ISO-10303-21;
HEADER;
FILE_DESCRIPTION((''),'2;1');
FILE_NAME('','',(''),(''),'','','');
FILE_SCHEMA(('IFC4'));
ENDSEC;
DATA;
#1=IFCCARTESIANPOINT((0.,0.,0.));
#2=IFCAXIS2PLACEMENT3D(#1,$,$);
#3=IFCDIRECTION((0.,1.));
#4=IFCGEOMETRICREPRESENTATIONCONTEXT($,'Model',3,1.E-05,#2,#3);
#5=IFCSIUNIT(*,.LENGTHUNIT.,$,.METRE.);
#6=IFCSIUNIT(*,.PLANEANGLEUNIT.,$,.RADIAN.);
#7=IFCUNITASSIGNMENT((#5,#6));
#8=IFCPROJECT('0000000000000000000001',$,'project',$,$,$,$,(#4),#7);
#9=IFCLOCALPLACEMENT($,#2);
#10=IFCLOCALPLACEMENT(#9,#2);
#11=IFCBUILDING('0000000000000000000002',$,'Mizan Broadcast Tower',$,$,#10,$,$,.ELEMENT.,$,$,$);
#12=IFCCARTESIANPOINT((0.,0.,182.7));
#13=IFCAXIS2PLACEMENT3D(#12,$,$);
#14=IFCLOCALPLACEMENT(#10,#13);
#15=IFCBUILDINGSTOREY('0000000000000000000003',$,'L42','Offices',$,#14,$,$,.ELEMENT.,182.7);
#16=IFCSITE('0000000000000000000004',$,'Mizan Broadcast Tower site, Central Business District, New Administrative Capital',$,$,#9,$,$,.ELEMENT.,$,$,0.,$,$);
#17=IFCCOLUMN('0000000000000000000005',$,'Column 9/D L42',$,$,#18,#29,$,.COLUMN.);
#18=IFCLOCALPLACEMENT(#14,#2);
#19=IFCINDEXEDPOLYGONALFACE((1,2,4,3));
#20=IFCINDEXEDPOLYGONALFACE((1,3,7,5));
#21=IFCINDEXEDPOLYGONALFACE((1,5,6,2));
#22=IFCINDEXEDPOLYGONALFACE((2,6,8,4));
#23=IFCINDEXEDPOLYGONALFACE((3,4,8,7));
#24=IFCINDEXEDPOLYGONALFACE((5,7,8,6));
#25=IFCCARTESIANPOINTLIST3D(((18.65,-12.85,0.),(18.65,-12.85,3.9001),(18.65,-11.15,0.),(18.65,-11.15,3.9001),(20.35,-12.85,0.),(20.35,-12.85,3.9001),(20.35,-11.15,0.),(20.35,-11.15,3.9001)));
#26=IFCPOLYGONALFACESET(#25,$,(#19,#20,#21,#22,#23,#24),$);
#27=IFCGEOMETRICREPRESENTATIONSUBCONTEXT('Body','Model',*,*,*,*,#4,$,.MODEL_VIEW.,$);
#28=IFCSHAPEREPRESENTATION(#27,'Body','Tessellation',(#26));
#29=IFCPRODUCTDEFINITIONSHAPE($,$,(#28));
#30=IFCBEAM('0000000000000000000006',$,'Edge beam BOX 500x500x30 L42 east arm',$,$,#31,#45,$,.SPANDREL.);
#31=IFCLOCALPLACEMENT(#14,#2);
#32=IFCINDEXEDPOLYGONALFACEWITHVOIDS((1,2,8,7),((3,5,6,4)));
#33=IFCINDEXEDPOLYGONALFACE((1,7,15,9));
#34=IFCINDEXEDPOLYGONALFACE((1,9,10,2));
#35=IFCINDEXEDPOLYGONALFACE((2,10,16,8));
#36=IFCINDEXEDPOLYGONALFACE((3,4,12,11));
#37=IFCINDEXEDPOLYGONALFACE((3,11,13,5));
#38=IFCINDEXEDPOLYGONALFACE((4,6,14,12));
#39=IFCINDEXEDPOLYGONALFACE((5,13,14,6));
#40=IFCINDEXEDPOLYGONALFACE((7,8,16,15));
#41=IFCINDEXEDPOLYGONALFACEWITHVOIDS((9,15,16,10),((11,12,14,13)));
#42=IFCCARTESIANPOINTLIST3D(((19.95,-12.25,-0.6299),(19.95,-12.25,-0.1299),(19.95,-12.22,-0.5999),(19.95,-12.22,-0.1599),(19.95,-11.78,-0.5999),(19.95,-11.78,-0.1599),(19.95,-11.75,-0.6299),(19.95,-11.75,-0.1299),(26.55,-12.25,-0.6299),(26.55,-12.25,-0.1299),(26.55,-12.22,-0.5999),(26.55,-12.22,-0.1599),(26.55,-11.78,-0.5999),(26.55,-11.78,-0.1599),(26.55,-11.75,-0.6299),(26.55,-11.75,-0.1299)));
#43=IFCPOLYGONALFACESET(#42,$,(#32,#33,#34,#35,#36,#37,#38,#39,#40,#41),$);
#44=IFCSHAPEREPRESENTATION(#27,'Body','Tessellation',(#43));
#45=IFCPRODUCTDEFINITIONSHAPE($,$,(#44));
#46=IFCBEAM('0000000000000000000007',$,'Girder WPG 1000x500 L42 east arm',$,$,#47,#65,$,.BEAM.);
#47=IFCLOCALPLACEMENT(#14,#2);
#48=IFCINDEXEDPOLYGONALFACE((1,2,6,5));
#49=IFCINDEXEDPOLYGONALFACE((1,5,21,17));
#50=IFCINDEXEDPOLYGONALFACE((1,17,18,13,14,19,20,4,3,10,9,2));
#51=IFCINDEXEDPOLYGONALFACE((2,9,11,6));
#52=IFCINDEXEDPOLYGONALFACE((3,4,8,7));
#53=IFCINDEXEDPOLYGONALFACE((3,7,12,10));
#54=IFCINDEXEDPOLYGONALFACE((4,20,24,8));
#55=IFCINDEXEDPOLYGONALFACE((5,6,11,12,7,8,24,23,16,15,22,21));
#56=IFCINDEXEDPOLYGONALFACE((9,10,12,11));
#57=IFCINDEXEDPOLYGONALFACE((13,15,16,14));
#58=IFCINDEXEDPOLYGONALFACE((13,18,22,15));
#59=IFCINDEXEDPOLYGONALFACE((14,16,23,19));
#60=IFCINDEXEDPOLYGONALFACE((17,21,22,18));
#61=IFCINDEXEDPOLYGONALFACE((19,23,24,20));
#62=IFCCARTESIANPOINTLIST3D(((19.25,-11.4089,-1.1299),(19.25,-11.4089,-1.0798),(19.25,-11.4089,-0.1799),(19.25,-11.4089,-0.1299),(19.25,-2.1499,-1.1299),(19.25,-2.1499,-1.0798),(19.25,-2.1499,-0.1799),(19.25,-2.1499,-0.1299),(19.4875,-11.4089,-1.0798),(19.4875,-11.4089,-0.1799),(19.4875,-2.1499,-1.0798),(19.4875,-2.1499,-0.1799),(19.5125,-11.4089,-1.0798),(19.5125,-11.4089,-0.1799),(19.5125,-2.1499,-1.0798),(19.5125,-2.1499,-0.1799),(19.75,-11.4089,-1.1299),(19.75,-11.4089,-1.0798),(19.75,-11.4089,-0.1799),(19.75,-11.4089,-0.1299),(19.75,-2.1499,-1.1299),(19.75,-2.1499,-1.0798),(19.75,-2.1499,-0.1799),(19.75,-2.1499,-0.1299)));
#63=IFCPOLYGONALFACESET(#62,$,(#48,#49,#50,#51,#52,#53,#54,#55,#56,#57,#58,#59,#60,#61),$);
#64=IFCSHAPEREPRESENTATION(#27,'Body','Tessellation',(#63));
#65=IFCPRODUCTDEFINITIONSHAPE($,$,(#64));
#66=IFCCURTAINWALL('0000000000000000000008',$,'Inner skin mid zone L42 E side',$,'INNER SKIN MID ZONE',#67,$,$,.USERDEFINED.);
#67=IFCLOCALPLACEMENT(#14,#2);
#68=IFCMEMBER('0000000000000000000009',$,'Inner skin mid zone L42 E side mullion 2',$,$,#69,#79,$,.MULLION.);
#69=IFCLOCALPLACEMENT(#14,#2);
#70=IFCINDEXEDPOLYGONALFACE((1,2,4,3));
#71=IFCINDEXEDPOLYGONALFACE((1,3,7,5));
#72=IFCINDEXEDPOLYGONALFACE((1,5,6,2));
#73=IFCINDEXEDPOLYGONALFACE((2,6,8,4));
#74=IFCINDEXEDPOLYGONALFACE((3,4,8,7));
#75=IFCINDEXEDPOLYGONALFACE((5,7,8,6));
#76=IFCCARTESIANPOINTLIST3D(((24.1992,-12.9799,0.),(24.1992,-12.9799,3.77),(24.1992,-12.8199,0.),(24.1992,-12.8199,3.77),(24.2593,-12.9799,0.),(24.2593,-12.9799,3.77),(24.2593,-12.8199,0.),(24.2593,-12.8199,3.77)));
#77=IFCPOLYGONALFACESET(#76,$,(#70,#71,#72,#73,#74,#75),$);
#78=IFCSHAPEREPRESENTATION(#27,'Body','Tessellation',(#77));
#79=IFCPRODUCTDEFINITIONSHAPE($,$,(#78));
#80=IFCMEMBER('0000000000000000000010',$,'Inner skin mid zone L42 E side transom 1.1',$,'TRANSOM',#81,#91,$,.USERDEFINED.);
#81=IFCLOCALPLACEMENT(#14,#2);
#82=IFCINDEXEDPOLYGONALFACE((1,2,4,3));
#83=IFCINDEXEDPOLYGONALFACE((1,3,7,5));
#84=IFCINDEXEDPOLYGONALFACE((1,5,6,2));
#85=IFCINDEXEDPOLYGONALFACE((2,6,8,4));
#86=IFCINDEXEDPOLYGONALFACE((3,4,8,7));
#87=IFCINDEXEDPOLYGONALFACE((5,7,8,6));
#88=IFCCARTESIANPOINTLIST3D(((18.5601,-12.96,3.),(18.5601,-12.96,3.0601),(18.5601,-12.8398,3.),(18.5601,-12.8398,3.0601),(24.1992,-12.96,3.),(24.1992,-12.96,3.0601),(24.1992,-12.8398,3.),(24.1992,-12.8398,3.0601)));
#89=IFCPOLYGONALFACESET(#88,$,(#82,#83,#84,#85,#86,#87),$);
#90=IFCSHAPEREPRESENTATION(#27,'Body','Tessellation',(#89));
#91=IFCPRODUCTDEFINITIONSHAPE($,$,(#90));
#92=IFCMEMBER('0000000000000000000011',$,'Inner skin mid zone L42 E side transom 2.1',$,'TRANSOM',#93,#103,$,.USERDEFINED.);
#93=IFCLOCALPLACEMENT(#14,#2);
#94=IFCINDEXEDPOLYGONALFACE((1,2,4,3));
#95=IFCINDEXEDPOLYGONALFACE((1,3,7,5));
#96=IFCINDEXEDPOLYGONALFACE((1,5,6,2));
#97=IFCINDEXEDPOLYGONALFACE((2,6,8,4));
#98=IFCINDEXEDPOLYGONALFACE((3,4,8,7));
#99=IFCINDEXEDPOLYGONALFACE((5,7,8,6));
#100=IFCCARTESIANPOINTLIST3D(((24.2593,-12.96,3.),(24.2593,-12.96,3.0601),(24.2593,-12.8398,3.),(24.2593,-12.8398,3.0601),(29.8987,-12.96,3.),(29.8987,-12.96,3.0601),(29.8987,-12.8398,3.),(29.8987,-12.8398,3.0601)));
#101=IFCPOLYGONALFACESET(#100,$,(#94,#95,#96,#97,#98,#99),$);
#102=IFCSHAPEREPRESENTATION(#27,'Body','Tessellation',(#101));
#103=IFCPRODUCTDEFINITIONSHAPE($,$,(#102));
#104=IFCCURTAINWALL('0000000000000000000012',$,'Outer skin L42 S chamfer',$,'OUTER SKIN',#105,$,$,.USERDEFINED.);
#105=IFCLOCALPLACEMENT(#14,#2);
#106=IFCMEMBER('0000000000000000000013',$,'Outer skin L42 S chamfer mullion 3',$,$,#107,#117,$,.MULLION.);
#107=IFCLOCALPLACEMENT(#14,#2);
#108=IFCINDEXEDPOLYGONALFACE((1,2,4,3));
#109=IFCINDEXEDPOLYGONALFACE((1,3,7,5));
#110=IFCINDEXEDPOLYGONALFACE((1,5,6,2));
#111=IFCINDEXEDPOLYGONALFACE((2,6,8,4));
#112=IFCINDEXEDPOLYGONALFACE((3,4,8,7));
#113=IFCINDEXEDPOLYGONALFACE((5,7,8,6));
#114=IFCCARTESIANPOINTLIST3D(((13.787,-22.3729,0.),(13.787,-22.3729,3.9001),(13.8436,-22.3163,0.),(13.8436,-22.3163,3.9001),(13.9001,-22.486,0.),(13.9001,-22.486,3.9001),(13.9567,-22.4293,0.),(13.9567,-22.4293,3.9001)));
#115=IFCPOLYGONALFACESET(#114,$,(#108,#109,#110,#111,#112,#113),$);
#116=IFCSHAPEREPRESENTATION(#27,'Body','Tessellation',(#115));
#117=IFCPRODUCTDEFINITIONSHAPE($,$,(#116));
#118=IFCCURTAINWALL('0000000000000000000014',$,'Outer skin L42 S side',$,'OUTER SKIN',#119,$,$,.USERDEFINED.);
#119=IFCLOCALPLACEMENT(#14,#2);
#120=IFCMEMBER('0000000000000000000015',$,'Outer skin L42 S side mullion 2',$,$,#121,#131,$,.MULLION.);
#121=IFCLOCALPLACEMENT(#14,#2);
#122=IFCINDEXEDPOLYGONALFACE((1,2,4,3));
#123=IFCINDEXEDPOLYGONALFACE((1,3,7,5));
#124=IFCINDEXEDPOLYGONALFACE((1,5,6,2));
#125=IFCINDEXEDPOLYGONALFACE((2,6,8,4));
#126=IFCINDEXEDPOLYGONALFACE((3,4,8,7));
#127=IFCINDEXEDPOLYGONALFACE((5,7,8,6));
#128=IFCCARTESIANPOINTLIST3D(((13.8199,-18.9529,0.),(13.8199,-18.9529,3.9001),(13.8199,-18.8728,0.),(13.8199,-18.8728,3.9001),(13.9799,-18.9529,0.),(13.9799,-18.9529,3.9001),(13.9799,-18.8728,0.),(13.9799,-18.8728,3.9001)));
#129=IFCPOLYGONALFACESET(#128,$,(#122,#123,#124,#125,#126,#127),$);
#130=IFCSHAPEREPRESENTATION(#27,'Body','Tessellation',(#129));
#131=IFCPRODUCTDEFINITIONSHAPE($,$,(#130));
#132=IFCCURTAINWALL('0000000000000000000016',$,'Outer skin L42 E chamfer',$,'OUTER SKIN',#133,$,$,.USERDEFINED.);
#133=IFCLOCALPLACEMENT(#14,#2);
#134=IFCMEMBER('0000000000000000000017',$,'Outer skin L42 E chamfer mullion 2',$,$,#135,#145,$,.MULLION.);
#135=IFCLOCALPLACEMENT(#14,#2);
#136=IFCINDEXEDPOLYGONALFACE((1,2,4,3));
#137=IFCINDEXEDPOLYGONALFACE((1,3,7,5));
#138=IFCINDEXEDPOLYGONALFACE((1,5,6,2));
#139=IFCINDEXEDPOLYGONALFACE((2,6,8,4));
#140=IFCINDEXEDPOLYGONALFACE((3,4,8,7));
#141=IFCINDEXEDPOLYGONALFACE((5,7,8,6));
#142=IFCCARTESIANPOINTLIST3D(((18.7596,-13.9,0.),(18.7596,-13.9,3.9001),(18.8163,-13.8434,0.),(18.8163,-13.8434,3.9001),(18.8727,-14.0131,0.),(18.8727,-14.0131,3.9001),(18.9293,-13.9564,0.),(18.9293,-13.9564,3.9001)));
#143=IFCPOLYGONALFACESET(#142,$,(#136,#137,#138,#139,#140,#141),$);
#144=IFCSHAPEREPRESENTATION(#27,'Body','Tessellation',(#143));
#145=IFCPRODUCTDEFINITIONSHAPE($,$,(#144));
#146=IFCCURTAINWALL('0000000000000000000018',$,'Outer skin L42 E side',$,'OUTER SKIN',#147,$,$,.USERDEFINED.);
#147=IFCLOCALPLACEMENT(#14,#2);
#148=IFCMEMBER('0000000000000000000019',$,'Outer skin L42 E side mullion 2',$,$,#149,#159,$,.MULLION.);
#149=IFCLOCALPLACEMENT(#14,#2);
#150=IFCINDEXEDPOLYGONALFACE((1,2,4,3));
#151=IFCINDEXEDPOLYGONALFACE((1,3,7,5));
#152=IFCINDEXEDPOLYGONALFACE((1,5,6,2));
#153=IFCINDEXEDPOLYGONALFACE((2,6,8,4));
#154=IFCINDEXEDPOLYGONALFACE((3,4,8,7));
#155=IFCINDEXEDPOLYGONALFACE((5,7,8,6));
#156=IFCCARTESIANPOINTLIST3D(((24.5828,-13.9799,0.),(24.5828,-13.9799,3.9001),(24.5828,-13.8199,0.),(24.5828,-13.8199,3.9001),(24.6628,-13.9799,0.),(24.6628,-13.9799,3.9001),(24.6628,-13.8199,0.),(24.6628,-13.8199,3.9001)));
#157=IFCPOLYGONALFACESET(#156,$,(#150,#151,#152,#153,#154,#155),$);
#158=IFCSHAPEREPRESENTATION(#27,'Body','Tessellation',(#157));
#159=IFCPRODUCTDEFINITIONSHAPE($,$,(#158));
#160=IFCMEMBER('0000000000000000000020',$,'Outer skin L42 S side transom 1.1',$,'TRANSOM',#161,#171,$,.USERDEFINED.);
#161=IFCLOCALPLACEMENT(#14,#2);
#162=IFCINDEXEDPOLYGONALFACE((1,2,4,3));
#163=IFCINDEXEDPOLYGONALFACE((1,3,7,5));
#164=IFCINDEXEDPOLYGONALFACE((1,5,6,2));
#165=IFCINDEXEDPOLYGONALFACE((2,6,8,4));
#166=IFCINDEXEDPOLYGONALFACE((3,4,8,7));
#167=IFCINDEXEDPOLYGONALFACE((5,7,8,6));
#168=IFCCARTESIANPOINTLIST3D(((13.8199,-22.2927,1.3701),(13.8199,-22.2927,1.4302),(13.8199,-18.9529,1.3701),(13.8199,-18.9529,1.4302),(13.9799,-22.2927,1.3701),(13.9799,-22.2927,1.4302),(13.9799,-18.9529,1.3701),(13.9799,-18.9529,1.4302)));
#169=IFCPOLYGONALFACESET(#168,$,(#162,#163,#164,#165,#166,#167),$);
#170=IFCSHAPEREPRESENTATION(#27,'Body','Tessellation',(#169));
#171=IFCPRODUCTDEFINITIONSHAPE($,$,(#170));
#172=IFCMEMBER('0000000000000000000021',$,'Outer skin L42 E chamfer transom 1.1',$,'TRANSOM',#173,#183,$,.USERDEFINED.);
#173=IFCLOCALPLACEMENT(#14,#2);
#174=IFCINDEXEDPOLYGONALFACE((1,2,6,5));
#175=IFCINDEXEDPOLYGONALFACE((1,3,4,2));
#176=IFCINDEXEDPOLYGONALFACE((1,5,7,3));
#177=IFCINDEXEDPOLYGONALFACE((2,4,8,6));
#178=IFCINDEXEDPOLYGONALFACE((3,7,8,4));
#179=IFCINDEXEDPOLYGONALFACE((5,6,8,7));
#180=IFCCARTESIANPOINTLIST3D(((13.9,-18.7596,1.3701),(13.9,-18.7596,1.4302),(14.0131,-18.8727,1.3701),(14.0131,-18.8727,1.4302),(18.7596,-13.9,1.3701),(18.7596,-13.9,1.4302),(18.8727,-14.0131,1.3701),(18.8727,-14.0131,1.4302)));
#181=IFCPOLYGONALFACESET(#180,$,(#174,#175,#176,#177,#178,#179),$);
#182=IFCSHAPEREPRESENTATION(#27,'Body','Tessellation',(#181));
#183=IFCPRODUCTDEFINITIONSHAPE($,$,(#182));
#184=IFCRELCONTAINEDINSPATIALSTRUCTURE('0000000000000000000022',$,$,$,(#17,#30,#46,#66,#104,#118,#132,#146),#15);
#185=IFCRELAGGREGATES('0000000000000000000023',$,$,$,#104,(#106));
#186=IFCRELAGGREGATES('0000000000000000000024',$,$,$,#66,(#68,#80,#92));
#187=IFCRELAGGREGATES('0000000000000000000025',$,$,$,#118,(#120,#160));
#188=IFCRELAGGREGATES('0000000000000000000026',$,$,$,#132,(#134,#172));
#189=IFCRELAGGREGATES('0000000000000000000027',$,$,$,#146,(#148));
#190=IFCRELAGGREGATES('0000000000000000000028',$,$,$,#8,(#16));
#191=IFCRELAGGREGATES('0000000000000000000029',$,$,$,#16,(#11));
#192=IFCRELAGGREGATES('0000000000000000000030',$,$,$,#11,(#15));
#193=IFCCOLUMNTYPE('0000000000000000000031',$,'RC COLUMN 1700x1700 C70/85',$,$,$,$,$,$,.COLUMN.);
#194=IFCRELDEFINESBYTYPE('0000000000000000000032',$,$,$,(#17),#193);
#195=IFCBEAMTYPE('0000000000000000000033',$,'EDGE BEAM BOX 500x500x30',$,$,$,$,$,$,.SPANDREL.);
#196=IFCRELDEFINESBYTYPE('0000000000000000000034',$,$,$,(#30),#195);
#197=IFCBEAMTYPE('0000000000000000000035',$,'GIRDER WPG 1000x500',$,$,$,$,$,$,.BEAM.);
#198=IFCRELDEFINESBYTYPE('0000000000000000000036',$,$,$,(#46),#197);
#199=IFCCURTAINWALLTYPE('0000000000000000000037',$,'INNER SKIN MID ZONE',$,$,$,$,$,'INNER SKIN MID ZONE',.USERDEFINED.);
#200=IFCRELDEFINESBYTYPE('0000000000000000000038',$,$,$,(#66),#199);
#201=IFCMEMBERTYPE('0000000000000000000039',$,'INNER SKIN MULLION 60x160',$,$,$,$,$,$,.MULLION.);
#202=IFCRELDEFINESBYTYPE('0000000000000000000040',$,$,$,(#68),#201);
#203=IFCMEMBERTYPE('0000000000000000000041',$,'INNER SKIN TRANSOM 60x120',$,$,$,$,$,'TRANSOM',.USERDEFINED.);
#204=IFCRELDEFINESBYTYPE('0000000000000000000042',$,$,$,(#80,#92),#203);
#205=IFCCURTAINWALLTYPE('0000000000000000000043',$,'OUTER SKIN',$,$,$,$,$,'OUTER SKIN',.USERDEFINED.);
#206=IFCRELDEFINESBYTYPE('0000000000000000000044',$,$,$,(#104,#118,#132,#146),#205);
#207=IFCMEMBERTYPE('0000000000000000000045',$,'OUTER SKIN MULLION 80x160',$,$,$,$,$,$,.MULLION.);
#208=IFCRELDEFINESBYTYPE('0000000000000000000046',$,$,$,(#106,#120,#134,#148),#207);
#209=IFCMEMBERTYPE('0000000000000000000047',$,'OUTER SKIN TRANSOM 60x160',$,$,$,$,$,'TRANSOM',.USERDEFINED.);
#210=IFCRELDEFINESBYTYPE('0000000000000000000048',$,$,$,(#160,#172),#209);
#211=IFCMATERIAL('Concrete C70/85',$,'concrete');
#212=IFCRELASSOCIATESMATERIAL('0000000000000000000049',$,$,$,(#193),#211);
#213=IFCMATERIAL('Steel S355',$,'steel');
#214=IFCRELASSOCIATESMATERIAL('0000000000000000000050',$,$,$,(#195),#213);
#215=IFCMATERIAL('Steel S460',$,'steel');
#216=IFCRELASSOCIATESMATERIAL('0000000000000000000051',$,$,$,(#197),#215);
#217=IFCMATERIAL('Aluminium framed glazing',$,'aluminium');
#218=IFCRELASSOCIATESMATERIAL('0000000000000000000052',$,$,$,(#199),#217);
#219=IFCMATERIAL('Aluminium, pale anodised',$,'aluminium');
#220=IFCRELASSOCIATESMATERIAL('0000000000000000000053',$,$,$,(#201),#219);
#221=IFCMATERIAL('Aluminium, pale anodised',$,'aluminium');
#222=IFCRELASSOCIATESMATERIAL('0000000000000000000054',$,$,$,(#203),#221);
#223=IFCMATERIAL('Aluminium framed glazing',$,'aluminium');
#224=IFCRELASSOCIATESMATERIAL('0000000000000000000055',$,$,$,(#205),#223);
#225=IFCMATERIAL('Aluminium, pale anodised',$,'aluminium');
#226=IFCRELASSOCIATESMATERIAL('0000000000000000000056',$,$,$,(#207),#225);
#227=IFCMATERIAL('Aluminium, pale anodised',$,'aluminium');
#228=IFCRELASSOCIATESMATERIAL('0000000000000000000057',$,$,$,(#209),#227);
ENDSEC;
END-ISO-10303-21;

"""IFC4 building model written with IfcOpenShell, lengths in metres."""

from ifc_helpers import new_model, si_unit, direction, frame, origin, origin_2d, place, context, subcontext, project, spatial, rectangle, hollow_rectangle, i_section, extrude, material, material_profile, profile_set, type_object, element, aggregate, save


model = new_model("IFC4")

# Units and contexts
model_context = context("Model", 3, precision=1e-05, world=origin(), true_north=direction((0.0, 1.0)))
body_context = subcontext(model_context, "Body", "Model", "MODEL_VIEW")
ifc_project = project(units=[si_unit("LENGTHUNIT", "METRE"), si_unit("PLANEANGLEUNIT", "RADIAN")], contexts=[model_context])

# Site, building, storey
site_placement = place(None, origin())
site = spatial("IfcSite", under=ifc_project, at=site_placement, Name="Mizan Broadcast Tower site, Central Business District, New Administrative Capital", CompositionType="ELEMENT", RefElevation=0.0)
building_placement = place(site_placement, origin())
building = spatial("IfcBuilding", under=site, at=building_placement, Name="Mizan Broadcast Tower", CompositionType="ELEMENT")
storey_placement = place(building_placement, frame((0.0, 0.0, 182.7)))
storey = spatial("IfcBuildingStorey", under=building, at=storey_placement, Name="L42", Description="Offices", CompositionType="ELEMENT", Elevation=182.7)

# Column
ifc_material_1 = material(Name="Concrete C70/85", Category="concrete")
ifc_material_profile_1 = material_profile(ifc_material_1, rectangle(XDim=1.7, YDim=1.7, at=origin_2d()), Name="RC 1700x1700")
ifc_profile_set_1 = profile_set([ifc_material_profile_1], Name="Concrete C70/85")
column_type = type_object("IfcColumnType", Name="RC COLUMN 1700x1700 C70/85", PredefinedType="COLUMN", material=ifc_profile_set_1)
column_placement = place(storey_placement, frame((19.5, -12.0, 0.0), z_axis=(0.0, 0.0, 1.0), x_axis=(1.0, 0.0, 0.0)))
element("IfcColumn", 1, at=column_placement, inside=storey, type_object=column_type, Name="Column 9/D L42", PredefinedType="COLUMN", context=body_context, shape_type="SweptSolid", body=[
    extrude(rectangle(XDim=1.7, YDim=1.7, at=origin_2d()), origin(), (0.0, 0.0, 1.0), 3.9001),
])

# Beams
ifc_material_2 = material(Name="Steel S355", Category="steel")
ifc_material_profile_2 = material_profile(ifc_material_2, hollow_rectangle(XDim=0.5, YDim=0.5, WallThickness=0.03, at=origin_2d()), Name="BOX 500x500x30")
ifc_profile_set_2 = profile_set([ifc_material_profile_2], Name="Steel S355")
beam_type_1 = type_object("IfcBeamType", Name="EDGE BEAM BOX 500x500x30", PredefinedType="SPANDREL", material=ifc_profile_set_2)
beam_1_placement = place(storey_placement, frame((19.95, -12.0, -0.3799), z_axis=(1.0, 0.0, 0.0), x_axis=(0.0, 1.0, 0.0)))
element("IfcBeam", 2, at=beam_1_placement, inside=storey, type_object=beam_type_1, Name="Edge beam BOX 500x500x30 L42 east arm", PredefinedType="SPANDREL", context=body_context, shape_type="SweptSolid", body=[
    extrude(hollow_rectangle(XDim=0.5, YDim=0.5, WallThickness=0.03, at=origin_2d()), origin(), (0.0, 0.0, 1.0), 6.6001),
])
ifc_material_3 = material(Name="Steel S460", Category="steel")
ifc_material_profile_3 = material_profile(ifc_material_3, i_section(OverallWidth=0.5, OverallDepth=1.0, WebThickness=0.0249, FlangeThickness=0.05, at=origin_2d()), Name="WPG 1000x500")
ifc_profile_set_3 = profile_set([ifc_material_profile_3], Name="Steel S460")
beam_type_2 = type_object("IfcBeamType", Name="GIRDER WPG 1000x500", PredefinedType="BEAM", material=ifc_profile_set_3)
beam_2_placement = place(storey_placement, frame((19.5, -11.4089, -0.6299), z_axis=(0.0, 1.0, 0.0), x_axis=(-1.0, 0.0, 0.0)))
element("IfcBeam", 3, at=beam_2_placement, inside=storey, type_object=beam_type_2, Name="Girder WPG 1000x500 L42 east arm", PredefinedType="BEAM", context=body_context, shape_type="SweptSolid", body=[
    extrude(i_section(OverallWidth=0.5, OverallDepth=1.0, WebThickness=0.0249, FlangeThickness=0.05, at=origin_2d()), origin(), (0.0, 0.0, 1.0), 9.259),
])

# Curtain wall, members
ifc_material_4 = material(Name="Aluminium framed glazing", Category="aluminium")
curtain_wall_type_1 = type_object("IfcCurtainWallType", Name="INNER SKIN MID ZONE", ElementType="INNER SKIN MID ZONE", PredefinedType="USERDEFINED", material=ifc_material_4)
curtain_wall_1_placement = place(storey_placement, origin())
curtain_wall_1 = element("IfcCurtainWall", 4, at=curtain_wall_1_placement, inside=storey, type_object=curtain_wall_type_1, Name="Inner skin mid zone L42 E side", ObjectType="INNER SKIN MID ZONE", PredefinedType="USERDEFINED")
ifc_material_5 = material(Name="Aluminium, pale anodised", Category="aluminium")
ifc_material_profile_4 = material_profile(ifc_material_5, rectangle(XDim=0.1599, YDim=0.0601, at=origin_2d()), Name="MULLION 160x60")
ifc_profile_set_4 = profile_set([ifc_material_profile_4], Name="Aluminium, pale anodised")
member_type_1 = type_object("IfcMemberType", Name="INNER SKIN MULLION 60x160", PredefinedType="MULLION", material=ifc_profile_set_4)
member_1_placement = place(storey_placement, frame((24.2292, -12.8999, 0.0), z_axis=(0.0, 0.0, 1.0), x_axis=(0.0, 1.0, 0.0)))
member_1 = element("IfcMember", 5, at=member_1_placement, type_object=member_type_1, Name="Inner skin mid zone L42 E side mullion 2", PredefinedType="MULLION", context=body_context, shape_type="SweptSolid", body=[
    extrude(rectangle(XDim=0.1599, YDim=0.0601, at=origin_2d()), origin(), (0.0, 0.0, 1.0), 3.77),
])
ifc_material_6 = material(Name="Aluminium, pale anodised", Category="aluminium")
ifc_material_profile_5 = material_profile(ifc_material_6, rectangle(XDim=0.1201, YDim=0.0601, at=origin_2d()), Name="TRANSOM 120x60")
ifc_profile_set_5 = profile_set([ifc_material_profile_5], Name="Aluminium, pale anodised")
member_type_2 = type_object("IfcMemberType", Name="INNER SKIN TRANSOM 60x120", ElementType="TRANSOM", PredefinedType="USERDEFINED", material=ifc_profile_set_5)
member_2_placement = place(storey_placement, frame((18.5601, -12.8999, 3.03), z_axis=(1.0, 0.0, 0.0), x_axis=(0.0, 1.0, 0.0)))
member_2 = element("IfcMember", 6, at=member_2_placement, type_object=member_type_2, Name="Inner skin mid zone L42 E side transom 1.1", ObjectType="TRANSOM", PredefinedType="USERDEFINED", context=body_context, shape_type="SweptSolid", body=[
    extrude(rectangle(XDim=0.1201, YDim=0.0601, at=origin_2d()), origin(), (0.0, 0.0, 1.0), 5.6392),
])
member_3_placement = place(storey_placement, frame((24.2593, -12.8999, 3.03), z_axis=(1.0, 0.0, 0.0), x_axis=(0.0, 1.0, 0.0)))
member_3 = element("IfcMember", 7, at=member_3_placement, type_object=member_type_2, Name="Inner skin mid zone L42 E side transom 2.1", ObjectType="TRANSOM", PredefinedType="USERDEFINED", context=body_context, shape_type="SweptSolid", body=[
    extrude(rectangle(XDim=0.1201, YDim=0.0601, at=origin_2d()), origin(), (0.0, 0.0, 1.0), 5.6394),
])

# Curtain walls, members
ifc_material_7 = material(Name="Aluminium framed glazing", Category="aluminium")
curtain_wall_type_2 = type_object("IfcCurtainWallType", Name="OUTER SKIN", ElementType="OUTER SKIN", PredefinedType="USERDEFINED", material=ifc_material_7)
curtain_wall_2_placement = place(storey_placement, origin())
curtain_wall_2 = element("IfcCurtainWall", 8, at=curtain_wall_2_placement, inside=storey, type_object=curtain_wall_type_2, Name="Outer skin L42 S chamfer", ObjectType="OUTER SKIN", PredefinedType="USERDEFINED")
ifc_material_8 = material(Name="Aluminium, pale anodised", Category="aluminium")
ifc_material_profile_6 = material_profile(ifc_material_8, rectangle(XDim=0.1599, YDim=0.0801, at=origin_2d()), Name="MULLION 160x80")
ifc_profile_set_6 = profile_set([ifc_material_profile_6], Name="Aluminium, pale anodised")
member_type_3 = type_object("IfcMemberType", Name="OUTER SKIN MULLION 80x160", PredefinedType="MULLION", material=ifc_profile_set_6)
member_4_placement = place(storey_placement, frame((13.8718, -22.4011, 0.0), z_axis=(0.0, 0.0, 1.0), x_axis=(-0.707107, 0.707107, 0.0)))
member_4 = element("IfcMember", 9, at=member_4_placement, type_object=member_type_3, Name="Outer skin L42 S chamfer mullion 3", PredefinedType="MULLION", context=body_context, shape_type="SweptSolid", body=[
    extrude(rectangle(XDim=0.1599, YDim=0.0801, at=origin_2d()), origin(), (0.0, 0.0, 1.0), 3.9001),
])
aggregate(curtain_wall_2, [member_4])
curtain_wall_3_placement = place(storey_placement, origin())
curtain_wall_3 = element("IfcCurtainWall", 10, at=curtain_wall_3_placement, inside=storey, type_object=curtain_wall_type_2, Name="Outer skin L42 S side", ObjectType="OUTER SKIN", PredefinedType="USERDEFINED")
member_5_placement = place(storey_placement, frame((13.8999, -18.9128, 0.0), z_axis=(0.0, 0.0, 1.0), x_axis=(-1.0, 0.0, 0.0)))
member_5 = element("IfcMember", 11, at=member_5_placement, type_object=member_type_3, Name="Outer skin L42 S side mullion 2", PredefinedType="MULLION", context=body_context, shape_type="SweptSolid", body=[
    extrude(rectangle(XDim=0.1599, YDim=0.0801, at=origin_2d()), origin(), (0.0, 0.0, 1.0), 3.9001),
])
curtain_wall_4_placement = place(storey_placement, origin())
curtain_wall_4 = element("IfcCurtainWall", 12, at=curtain_wall_4_placement, inside=storey, type_object=curtain_wall_type_2, Name="Outer skin L42 E chamfer", ObjectType="OUTER SKIN", PredefinedType="USERDEFINED")
member_6_placement = place(storey_placement, frame((18.8445, -13.9282, 0.0), z_axis=(0.0, 0.0, 1.0), x_axis=(-0.707107, 0.707107, 0.0)))
member_6 = element("IfcMember", 13, at=member_6_placement, type_object=member_type_3, Name="Outer skin L42 E chamfer mullion 2", PredefinedType="MULLION", context=body_context, shape_type="SweptSolid", body=[
    extrude(rectangle(XDim=0.1599, YDim=0.0801, at=origin_2d()), origin(), (0.0, 0.0, 1.0), 3.9001),
])
curtain_wall_5_placement = place(storey_placement, origin())
curtain_wall_5 = element("IfcCurtainWall", 14, at=curtain_wall_5_placement, inside=storey, type_object=curtain_wall_type_2, Name="Outer skin L42 E side", ObjectType="OUTER SKIN", PredefinedType="USERDEFINED")
member_7_placement = place(storey_placement, frame((24.6228, -13.8999, 0.0), z_axis=(0.0, 0.0, 1.0), x_axis=(0.0, 1.0, 0.0)))
member_7 = element("IfcMember", 15, at=member_7_placement, type_object=member_type_3, Name="Outer skin L42 E side mullion 2", PredefinedType="MULLION", context=body_context, shape_type="SweptSolid", body=[
    extrude(rectangle(XDim=0.1599, YDim=0.0801, at=origin_2d()), origin(), (0.0, 0.0, 1.0), 3.9001),
])

# Members
ifc_material_9 = material(Name="Aluminium, pale anodised", Category="aluminium")
ifc_material_profile_7 = material_profile(ifc_material_9, rectangle(XDim=0.1599, YDim=0.0601, at=origin_2d()), Name="TRANSOM 160x60")
ifc_profile_set_7 = profile_set([ifc_material_profile_7], Name="Aluminium, pale anodised")
member_type_4 = type_object("IfcMemberType", Name="OUTER SKIN TRANSOM 60x160", ElementType="TRANSOM", PredefinedType="USERDEFINED", material=ifc_profile_set_7)
member_8_placement = place(storey_placement, frame((13.8999, -22.2927, 1.4001), z_axis=(0.0, 1.0, 0.0), x_axis=(-1.0, 0.0, 0.0)))
member_8 = element("IfcMember", 16, at=member_8_placement, type_object=member_type_4, Name="Outer skin L42 S side transom 1.1", ObjectType="TRANSOM", PredefinedType="USERDEFINED", context=body_context, shape_type="SweptSolid", body=[
    extrude(rectangle(XDim=0.1599, YDim=0.0601, at=origin_2d()), origin(), (0.0, 0.0, 1.0), 3.3398),
])
member_9_placement = place(storey_placement, frame((13.9565, -18.8162, 1.4001), z_axis=(0.707107, 0.707107, 0.0), x_axis=(-0.707107, 0.707107, 0.0)))
member_9 = element("IfcMember", 17, at=member_9_placement, type_object=member_type_4, Name="Outer skin L42 E chamfer transom 1.1", ObjectType="TRANSOM", PredefinedType="USERDEFINED", context=body_context, shape_type="SweptSolid", body=[
    extrude(rectangle(XDim=0.1599, YDim=0.0601, at=origin_2d()), origin(), (0.0, 0.0, 1.0), 6.8726),
])

aggregate(curtain_wall_1, [member_1, member_2, member_3])
aggregate(curtain_wall_3, [member_5, member_8])
aggregate(curtain_wall_4, [member_6, member_9])
aggregate(curtain_wall_5, [member_7])

save(model, "model.ifc")
